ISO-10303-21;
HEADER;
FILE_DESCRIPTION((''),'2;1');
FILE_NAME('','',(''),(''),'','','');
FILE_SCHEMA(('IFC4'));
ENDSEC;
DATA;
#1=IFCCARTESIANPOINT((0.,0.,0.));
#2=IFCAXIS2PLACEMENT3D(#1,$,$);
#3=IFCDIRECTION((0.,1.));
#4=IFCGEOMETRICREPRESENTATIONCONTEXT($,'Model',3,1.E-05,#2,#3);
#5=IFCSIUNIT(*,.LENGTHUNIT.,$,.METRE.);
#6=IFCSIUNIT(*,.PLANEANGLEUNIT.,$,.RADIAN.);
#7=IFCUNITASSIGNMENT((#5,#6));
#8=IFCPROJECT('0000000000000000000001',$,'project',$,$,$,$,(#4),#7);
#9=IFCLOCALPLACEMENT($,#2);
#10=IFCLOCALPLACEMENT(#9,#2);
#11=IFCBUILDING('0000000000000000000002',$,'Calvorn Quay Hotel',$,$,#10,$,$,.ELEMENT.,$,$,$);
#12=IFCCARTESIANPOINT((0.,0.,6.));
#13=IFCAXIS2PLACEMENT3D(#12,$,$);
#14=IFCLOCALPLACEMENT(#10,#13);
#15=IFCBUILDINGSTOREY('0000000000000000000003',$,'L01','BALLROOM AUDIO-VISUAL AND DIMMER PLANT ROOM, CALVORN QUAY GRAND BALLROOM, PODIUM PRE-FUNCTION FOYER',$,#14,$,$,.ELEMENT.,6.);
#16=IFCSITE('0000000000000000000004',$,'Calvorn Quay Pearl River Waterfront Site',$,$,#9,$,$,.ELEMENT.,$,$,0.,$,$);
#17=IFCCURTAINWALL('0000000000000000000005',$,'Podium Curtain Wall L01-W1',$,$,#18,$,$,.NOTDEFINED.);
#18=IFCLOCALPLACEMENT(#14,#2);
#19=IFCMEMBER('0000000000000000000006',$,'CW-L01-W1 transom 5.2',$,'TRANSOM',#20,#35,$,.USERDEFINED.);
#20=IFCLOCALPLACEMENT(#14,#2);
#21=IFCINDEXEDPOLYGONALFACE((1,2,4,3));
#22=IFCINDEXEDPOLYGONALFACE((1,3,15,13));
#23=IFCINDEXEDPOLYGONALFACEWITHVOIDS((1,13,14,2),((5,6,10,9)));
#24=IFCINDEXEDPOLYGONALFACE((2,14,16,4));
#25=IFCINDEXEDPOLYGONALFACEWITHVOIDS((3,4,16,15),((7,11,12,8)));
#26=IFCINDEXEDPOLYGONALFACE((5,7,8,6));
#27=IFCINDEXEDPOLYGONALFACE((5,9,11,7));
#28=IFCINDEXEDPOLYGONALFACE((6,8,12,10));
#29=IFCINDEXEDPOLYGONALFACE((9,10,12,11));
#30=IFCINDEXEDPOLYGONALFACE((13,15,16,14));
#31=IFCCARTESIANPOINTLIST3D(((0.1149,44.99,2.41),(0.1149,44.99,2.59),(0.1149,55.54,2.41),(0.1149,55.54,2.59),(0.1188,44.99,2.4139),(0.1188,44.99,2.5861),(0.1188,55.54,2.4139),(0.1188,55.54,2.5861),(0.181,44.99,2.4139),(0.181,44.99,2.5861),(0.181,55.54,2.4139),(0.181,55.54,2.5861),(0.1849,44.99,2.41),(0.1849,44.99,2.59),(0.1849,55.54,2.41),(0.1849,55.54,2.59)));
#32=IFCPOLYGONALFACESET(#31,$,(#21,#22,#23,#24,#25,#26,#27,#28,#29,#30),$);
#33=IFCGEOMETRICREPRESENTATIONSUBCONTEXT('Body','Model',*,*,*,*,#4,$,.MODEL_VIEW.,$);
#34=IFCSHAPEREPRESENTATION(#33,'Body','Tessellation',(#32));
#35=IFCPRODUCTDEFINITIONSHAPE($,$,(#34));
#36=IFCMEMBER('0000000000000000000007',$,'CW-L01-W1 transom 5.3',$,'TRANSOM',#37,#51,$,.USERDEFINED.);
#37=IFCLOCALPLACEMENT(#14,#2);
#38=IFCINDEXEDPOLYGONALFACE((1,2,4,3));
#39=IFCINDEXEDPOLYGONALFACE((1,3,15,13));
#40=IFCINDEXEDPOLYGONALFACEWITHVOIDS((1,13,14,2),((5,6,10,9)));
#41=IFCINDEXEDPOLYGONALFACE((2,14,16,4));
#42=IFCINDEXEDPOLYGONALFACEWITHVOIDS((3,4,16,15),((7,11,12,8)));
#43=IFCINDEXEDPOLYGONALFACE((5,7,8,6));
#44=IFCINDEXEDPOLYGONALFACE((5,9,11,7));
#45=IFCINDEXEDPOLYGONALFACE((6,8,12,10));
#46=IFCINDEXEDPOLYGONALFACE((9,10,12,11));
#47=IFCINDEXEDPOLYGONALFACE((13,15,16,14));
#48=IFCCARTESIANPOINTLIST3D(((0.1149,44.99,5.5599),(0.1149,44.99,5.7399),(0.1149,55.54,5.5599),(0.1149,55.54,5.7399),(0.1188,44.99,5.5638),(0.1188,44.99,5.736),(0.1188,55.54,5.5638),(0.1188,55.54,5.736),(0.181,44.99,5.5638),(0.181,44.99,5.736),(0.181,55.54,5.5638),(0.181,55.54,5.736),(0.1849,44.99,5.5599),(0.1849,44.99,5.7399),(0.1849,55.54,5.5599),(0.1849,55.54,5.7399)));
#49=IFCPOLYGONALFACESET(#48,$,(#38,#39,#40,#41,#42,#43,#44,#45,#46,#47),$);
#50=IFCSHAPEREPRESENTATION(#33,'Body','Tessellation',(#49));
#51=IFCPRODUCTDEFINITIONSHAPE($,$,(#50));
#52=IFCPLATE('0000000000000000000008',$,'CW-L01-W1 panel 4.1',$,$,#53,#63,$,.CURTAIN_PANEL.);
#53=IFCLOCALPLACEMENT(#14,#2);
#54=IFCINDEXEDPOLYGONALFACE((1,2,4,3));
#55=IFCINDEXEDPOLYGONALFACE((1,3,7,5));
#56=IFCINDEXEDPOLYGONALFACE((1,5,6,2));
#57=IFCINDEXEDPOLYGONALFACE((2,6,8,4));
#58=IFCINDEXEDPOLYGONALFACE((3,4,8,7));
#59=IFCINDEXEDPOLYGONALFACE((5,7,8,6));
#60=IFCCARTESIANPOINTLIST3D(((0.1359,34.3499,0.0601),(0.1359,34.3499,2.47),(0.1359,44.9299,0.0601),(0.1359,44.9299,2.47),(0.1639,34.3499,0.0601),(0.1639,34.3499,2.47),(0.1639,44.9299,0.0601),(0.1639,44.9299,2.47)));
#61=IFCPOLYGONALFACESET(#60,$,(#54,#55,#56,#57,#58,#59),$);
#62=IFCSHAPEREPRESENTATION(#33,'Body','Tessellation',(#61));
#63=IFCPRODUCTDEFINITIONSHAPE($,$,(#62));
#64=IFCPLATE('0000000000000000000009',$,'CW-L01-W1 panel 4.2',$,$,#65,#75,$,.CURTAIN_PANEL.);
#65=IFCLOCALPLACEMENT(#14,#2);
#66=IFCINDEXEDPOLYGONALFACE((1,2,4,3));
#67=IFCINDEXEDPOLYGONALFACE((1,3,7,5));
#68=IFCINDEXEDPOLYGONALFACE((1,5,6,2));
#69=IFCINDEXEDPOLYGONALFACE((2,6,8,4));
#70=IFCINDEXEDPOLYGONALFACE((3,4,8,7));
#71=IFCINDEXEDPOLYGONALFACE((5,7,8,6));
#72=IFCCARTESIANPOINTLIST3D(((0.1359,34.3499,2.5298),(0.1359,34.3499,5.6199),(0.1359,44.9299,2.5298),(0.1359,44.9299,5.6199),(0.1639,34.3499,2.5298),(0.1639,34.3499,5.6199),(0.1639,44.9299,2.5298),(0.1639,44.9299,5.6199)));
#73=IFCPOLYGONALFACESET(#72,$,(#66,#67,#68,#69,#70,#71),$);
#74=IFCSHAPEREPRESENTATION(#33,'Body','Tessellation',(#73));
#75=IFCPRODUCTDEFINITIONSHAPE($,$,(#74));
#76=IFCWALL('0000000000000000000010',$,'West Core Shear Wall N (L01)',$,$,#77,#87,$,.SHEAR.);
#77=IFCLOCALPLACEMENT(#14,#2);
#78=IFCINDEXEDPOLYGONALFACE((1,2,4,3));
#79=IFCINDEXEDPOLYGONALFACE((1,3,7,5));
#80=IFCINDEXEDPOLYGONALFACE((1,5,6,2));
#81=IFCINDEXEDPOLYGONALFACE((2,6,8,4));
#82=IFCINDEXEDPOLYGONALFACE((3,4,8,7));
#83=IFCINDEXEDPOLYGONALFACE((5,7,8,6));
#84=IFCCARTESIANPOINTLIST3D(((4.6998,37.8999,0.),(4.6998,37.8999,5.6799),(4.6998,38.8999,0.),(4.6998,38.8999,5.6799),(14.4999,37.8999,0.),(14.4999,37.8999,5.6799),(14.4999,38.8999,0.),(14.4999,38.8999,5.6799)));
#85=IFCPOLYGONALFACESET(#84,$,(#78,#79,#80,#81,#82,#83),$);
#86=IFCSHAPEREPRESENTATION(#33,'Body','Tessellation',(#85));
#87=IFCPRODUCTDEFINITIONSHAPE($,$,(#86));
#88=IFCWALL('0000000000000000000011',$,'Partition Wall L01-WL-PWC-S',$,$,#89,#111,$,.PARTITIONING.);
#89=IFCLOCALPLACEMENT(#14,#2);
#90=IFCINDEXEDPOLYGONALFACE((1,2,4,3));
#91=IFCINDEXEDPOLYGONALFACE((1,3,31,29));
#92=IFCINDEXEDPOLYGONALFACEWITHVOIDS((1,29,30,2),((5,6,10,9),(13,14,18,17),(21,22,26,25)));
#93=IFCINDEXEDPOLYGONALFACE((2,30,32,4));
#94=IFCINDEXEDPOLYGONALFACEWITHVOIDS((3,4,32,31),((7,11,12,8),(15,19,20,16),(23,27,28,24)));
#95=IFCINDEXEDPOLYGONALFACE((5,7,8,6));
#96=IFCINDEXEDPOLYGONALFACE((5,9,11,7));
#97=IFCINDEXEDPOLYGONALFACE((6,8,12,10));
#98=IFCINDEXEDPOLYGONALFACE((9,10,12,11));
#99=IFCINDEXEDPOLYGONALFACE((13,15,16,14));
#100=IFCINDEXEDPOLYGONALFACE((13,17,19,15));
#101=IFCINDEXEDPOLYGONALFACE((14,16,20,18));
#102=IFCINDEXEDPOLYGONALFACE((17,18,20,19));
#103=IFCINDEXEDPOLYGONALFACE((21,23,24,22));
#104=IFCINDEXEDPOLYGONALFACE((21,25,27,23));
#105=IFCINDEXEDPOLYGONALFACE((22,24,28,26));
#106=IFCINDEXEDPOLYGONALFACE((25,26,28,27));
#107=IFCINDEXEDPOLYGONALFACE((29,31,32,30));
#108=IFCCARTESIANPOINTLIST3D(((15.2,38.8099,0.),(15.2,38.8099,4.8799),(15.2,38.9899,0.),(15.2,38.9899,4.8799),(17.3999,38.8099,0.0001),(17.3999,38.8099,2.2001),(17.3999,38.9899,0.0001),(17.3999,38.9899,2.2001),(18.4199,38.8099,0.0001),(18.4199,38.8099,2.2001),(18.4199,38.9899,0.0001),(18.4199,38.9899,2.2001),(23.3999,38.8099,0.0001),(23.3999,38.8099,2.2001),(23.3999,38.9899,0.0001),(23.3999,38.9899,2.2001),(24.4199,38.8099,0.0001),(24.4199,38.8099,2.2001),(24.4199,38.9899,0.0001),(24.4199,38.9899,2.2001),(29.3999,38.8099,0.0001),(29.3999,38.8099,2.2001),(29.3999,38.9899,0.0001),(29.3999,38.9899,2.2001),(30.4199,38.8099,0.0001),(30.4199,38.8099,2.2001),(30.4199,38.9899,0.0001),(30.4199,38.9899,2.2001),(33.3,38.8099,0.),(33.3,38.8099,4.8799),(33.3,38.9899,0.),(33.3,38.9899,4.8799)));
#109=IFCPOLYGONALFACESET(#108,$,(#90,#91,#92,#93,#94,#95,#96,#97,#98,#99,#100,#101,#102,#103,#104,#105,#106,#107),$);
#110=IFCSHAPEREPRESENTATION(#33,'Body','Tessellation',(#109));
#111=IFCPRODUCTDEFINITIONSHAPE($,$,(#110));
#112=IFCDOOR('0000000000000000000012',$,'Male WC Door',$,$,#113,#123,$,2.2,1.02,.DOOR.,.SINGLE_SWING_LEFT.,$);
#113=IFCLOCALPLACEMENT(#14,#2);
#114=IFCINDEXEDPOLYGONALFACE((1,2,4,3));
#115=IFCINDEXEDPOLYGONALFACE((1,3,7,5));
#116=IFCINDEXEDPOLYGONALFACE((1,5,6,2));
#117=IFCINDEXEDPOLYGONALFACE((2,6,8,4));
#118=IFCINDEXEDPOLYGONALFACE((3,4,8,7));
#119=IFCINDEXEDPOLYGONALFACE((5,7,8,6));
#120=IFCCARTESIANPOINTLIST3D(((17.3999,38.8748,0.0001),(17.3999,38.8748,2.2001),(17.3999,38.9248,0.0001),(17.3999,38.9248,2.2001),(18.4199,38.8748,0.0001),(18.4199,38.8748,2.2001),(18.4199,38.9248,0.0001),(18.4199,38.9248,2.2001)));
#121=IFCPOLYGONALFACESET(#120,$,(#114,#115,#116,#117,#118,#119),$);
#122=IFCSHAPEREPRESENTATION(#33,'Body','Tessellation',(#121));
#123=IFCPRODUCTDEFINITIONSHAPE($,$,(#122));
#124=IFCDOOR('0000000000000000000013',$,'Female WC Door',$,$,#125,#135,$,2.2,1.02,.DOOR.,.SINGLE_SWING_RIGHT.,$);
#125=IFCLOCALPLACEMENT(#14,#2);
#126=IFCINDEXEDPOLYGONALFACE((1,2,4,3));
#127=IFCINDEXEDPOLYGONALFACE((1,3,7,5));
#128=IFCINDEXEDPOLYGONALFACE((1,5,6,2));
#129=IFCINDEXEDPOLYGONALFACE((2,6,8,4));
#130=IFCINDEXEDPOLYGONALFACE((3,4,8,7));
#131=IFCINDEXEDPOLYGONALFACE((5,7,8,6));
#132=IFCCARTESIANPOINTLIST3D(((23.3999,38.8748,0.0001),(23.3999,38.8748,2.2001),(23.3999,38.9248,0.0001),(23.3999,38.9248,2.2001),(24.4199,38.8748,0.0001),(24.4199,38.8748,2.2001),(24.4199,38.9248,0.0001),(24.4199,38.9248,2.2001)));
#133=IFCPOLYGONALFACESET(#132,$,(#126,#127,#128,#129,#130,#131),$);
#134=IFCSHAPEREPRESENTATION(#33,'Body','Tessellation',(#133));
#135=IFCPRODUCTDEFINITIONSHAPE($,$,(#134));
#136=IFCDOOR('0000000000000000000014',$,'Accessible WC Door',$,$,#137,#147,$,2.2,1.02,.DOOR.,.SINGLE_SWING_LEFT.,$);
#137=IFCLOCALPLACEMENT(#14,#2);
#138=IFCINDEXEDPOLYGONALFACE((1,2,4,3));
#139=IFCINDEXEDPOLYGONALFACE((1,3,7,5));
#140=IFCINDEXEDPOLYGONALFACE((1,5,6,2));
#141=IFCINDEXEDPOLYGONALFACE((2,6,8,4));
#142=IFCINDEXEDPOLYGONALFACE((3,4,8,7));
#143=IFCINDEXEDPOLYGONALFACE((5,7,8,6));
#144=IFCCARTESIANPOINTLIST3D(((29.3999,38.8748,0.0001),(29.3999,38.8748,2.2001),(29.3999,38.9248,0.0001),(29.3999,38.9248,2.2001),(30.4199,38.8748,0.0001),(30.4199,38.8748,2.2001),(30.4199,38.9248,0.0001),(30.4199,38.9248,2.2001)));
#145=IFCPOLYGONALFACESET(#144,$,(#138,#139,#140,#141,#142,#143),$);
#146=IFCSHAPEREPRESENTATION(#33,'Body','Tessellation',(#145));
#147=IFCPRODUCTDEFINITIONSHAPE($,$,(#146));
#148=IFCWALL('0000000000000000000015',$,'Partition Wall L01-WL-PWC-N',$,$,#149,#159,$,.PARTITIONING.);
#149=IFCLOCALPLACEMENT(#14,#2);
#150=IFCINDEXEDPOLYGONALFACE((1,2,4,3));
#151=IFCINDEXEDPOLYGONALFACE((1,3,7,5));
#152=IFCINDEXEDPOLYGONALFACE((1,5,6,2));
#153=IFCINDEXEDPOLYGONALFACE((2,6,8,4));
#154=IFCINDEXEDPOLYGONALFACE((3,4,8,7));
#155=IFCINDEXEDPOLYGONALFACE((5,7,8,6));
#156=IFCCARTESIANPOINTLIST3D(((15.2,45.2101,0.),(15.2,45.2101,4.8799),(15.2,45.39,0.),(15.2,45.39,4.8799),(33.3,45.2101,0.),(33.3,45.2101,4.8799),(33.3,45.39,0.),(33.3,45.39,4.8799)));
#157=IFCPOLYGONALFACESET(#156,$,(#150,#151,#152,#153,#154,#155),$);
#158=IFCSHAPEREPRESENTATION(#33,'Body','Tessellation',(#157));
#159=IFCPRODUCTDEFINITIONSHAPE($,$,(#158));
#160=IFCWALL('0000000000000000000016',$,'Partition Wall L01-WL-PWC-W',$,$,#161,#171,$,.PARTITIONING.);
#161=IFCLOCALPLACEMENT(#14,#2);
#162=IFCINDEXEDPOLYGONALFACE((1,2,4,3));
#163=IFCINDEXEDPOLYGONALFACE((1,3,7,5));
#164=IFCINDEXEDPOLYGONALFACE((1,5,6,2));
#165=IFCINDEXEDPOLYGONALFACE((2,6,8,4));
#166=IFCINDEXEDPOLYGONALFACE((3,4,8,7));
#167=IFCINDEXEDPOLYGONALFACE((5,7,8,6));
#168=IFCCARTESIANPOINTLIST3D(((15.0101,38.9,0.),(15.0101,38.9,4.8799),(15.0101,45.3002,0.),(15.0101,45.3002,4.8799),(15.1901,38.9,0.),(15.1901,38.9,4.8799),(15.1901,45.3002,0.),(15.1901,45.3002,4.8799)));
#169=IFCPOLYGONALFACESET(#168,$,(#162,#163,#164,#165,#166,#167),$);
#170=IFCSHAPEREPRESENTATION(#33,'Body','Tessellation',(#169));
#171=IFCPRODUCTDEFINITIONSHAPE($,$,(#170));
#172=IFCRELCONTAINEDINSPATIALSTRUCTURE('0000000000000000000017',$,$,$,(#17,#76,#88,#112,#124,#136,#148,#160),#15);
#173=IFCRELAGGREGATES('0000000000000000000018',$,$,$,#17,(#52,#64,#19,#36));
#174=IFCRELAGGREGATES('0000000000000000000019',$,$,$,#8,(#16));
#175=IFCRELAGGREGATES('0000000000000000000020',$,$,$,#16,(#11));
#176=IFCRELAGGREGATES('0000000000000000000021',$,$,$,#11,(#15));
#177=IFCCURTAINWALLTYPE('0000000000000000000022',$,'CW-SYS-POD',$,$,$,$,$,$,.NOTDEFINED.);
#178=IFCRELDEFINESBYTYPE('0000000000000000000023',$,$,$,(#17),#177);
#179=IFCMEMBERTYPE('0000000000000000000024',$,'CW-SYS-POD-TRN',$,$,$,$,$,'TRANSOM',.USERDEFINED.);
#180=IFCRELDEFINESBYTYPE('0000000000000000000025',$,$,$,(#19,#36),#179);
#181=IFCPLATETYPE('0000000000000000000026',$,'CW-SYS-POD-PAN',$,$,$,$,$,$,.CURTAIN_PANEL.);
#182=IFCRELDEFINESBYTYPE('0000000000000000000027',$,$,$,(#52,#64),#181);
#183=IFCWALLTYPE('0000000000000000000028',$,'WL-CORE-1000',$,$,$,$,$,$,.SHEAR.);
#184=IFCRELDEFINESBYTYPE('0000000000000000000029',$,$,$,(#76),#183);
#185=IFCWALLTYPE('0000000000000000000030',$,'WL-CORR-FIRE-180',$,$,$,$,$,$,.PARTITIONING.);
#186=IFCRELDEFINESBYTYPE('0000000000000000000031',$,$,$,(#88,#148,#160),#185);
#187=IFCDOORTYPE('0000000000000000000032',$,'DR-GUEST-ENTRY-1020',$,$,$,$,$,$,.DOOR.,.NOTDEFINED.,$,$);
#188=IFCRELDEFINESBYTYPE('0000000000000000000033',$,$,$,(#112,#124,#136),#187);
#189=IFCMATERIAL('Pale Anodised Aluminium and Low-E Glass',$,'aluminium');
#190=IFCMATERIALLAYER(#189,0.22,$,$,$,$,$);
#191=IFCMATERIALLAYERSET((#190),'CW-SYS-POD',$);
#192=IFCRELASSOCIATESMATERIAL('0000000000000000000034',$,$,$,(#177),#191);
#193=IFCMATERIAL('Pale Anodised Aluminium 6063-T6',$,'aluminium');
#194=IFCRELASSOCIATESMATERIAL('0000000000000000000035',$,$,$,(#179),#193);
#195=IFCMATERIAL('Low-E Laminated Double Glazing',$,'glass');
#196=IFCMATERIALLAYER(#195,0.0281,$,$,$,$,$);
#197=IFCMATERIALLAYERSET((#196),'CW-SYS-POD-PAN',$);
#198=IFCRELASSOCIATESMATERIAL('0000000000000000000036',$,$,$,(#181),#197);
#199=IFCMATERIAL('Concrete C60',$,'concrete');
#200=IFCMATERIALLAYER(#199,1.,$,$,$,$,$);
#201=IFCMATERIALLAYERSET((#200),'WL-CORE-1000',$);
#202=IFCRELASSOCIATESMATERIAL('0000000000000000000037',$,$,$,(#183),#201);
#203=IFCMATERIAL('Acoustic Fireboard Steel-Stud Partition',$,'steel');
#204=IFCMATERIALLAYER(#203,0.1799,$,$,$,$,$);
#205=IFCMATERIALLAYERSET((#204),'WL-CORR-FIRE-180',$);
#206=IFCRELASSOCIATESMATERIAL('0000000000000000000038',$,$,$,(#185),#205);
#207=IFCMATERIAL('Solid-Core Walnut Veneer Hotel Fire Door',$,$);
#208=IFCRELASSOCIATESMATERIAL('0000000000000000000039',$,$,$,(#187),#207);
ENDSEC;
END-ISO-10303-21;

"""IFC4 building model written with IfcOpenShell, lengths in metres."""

from ifc_helpers import new_model, si_unit, direction, frame, frame_2d, origin, origin_2d, place, context, subcontext, project, spatial, rectangle, hollow_rectangle, extrude, material, layer, layer_set, material_profile, profile_set, type_object, element, fill, aggregate, save


model = new_model("IFC4")

# Units and contexts
model_context = context("Model", 3, precision=1e-05, world=origin(), true_north=direction((0.0, 1.0)))
body_context = subcontext(model_context, "Body", "Model", "MODEL_VIEW")
ifc_project = project(units=[si_unit("LENGTHUNIT", "METRE"), si_unit("PLANEANGLEUNIT", "RADIAN")], contexts=[model_context])

# Site, building, storey
site_placement = place(None, origin())
site = spatial("IfcSite", under=ifc_project, at=site_placement, Name="Calvorn Quay Pearl River Waterfront Site", CompositionType="ELEMENT", RefElevation=0.0)
building_placement = place(site_placement, origin())
building = spatial("IfcBuilding", under=site, at=building_placement, Name="Calvorn Quay Hotel", CompositionType="ELEMENT")
storey_placement = place(building_placement, frame((0.0, 0.0, 6.0)))
storey = spatial("IfcBuildingStorey", under=building, at=storey_placement, Name="L01", Description="BALLROOM AUDIO-VISUAL AND DIMMER PLANT ROOM, CALVORN QUAY GRAND BALLROOM, PODIUM PRE-FUNCTION FOYER", CompositionType="ELEMENT", Elevation=6.0)

# Curtain wall, members, plates
ifc_material_1 = material(Name="Pale Anodised Aluminium and Low-E Glass", Category="aluminium")
ifc_layer_1 = layer(ifc_material_1, 0.22)
ifc_layer_set_1 = layer_set([ifc_layer_1], Name="CW-SYS-POD")
curtain_wall_type = type_object("IfcCurtainWallType", Name="CW-SYS-POD", PredefinedType="NOTDEFINED", material=ifc_layer_set_1)
curtain_wall_placement = place(storey_placement, origin())
curtain_wall = element("IfcCurtainWall", 1, at=curtain_wall_placement, inside=storey, type_object=curtain_wall_type, Name="Podium Curtain Wall L01-W1", PredefinedType="NOTDEFINED")
ifc_material_2 = material(Name="Pale Anodised Aluminium 6063-T6", Category="aluminium")
ifc_material_profile_1 = material_profile(ifc_material_2, hollow_rectangle(XDim=0.0701, YDim=0.1799, WallThickness=0.0039, at=origin_2d()), Name="ALU-T180x70x4")
ifc_profile_set_1 = profile_set([ifc_material_profile_1], Name="Pale Anodised Aluminium 6063-T6")
member_type_1 = type_object("IfcMemberType", Name="CW-SYS-POD-TRN", ElementType="TRANSOM", PredefinedType="USERDEFINED", material=ifc_profile_set_1)
member_1_placement = place(storey_placement, frame((0.1499, 44.99, 2.5), z_axis=(0.0, 1.0, 0.0), x_axis=(-1.0, 0.0, 0.0)))
member_1 = element("IfcMember", 2, at=member_1_placement, type_object=member_type_1, Name="CW-L01-W1 transom 5.2", ObjectType="TRANSOM", PredefinedType="USERDEFINED", context=body_context, shape_type="SweptSolid", body=[
    extrude(hollow_rectangle(XDim=0.0701, YDim=0.1799, WallThickness=0.0039, at=origin_2d()), origin(), (0.0, 0.0, 1.0), 10.55),
])
member_2_placement = place(storey_placement, frame((0.1499, 44.99, 5.6499), z_axis=(0.0, 1.0, 0.0), x_axis=(-1.0, 0.0, 0.0)))
member_2 = element("IfcMember", 3, at=member_2_placement, type_object=member_type_1, Name="CW-L01-W1 transom 5.3", ObjectType="TRANSOM", PredefinedType="USERDEFINED", context=body_context, shape_type="SweptSolid", body=[
    extrude(hollow_rectangle(XDim=0.0701, YDim=0.1799, WallThickness=0.0039, at=origin_2d()), origin(), (0.0, 0.0, 1.0), 10.55),
])
ifc_material_3 = material(Name="Low-E Laminated Double Glazing", Category="glass")
ifc_layer_2 = layer(ifc_material_3, 0.0281)
ifc_layer_set_2 = layer_set([ifc_layer_2], Name="CW-SYS-POD-PAN")
plate_type = type_object("IfcPlateType", Name="CW-SYS-POD-PAN", PredefinedType="CURTAIN_PANEL", material=ifc_layer_set_2)
plate_1_placement = place(storey_placement, frame((0.1499, 39.6399, 0.0601), z_axis=(0.0, 0.0, 1.0), x_axis=(0.0, 1.0, 0.0)))
plate_1 = element("IfcPlate", 4, at=plate_1_placement, type_object=plate_type, Name="CW-L01-W1 panel 4.1", PredefinedType="CURTAIN_PANEL", context=body_context, shape_type="SweptSolid", body=[
    extrude(rectangle(XDim=10.5801, YDim=0.0281, at=origin_2d()), origin(), (0.0, 0.0, 1.0), 2.4099),
])
plate_2_placement = place(storey_placement, frame((0.1499, 39.6399, 2.5298), z_axis=(0.0, 0.0, 1.0), x_axis=(0.0, 1.0, 0.0)))
plate_2 = element("IfcPlate", 5, at=plate_2_placement, type_object=plate_type, Name="CW-L01-W1 panel 4.2", PredefinedType="CURTAIN_PANEL", context=body_context, shape_type="SweptSolid", body=[
    extrude(rectangle(XDim=10.5801, YDim=0.0281, at=origin_2d()), origin(), (0.0, 0.0, 1.0), 3.0901),
])
aggregate(curtain_wall, [plate_1, plate_2, member_1, member_2])

# Wall
ifc_material_4 = material(Name="Concrete C60", Category="concrete")
ifc_layer_3 = layer(ifc_material_4, 1.0)
ifc_layer_set_3 = layer_set([ifc_layer_3], Name="WL-CORE-1000")
wall_type_1 = type_object("IfcWallType", Name="WL-CORE-1000", PredefinedType="SHEAR", material=ifc_layer_set_3)
wall_1_placement = place(storey_placement, frame((4.7, 38.3999, 0.0), z_axis=(0.0, 0.0, 1.0), x_axis=(1.0, 0.0, 0.0)))
element("IfcWall", 6, at=wall_1_placement, inside=storey, type_object=wall_type_1, Name="West Core Shear Wall N (L01)", PredefinedType="SHEAR", context=body_context, shape_type="SweptSolid", body=[
    extrude(rectangle(XDim=9.8, YDim=1.0, at=frame_2d((4.8999, 0.0))), origin(), (0.0, 0.0, 1.0), 5.6799),
])

# Wall, openings, doors
ifc_material_5 = material(Name="Acoustic Fireboard Steel-Stud Partition", Category="steel")
ifc_layer_4 = layer(ifc_material_5, 0.1799)
ifc_layer_set_4 = layer_set([ifc_layer_4], Name="WL-CORR-FIRE-180")
wall_type_2 = type_object("IfcWallType", Name="WL-CORR-FIRE-180", PredefinedType="PARTITIONING", material=ifc_layer_set_4)
wall_2_placement = place(storey_placement, frame((15.2, 38.8999, 0.0), z_axis=(0.0, 0.0, 1.0), x_axis=(1.0, 0.0, 0.0)))
wall_2 = element("IfcWall", 7, at=wall_2_placement, inside=storey, type_object=wall_type_2, Name="Partition Wall L01-WL-PWC-S", PredefinedType="PARTITIONING", context=body_context, shape_type="SweptSolid", body=[
    extrude(rectangle(XDim=18.1001, YDim=0.1799, at=frame_2d((9.05, 0.0))), origin(), (0.0, 0.0, 1.0), 4.8799),
])
opening_1_placement = place(wall_2_placement, frame((2.2, 0.0, 0.0)))
opening_1 = element("IfcOpeningElement", 8, at=opening_1_placement, cuts=wall_2, PredefinedType="OPENING", context=body_context, shape_type="SweptSolid", body=[
    extrude(rectangle(XDim=1.02, YDim=2.2, at=frame_2d((0.51, 1.1001))), frame((0.0, 0.0999, 0.0), z_axis=(0.0, -1.0, 0.0), x_axis=(1.0, 0.0, 0.0)), (0.0, 0.0, 1.0), 0.2),
])
opening_2_placement = place(wall_2_placement, frame((8.2, 0.0, 0.0)))
opening_2 = element("IfcOpeningElement", 9, at=opening_2_placement, cuts=wall_2, PredefinedType="OPENING", context=body_context, shape_type="SweptSolid", body=[
    extrude(rectangle(XDim=1.02, YDim=2.2, at=frame_2d((0.51, 1.1001))), frame((0.0, 0.0999, 0.0), z_axis=(0.0, -1.0, 0.0), x_axis=(1.0, 0.0, 0.0)), (0.0, 0.0, 1.0), 0.2),
])
opening_3_placement = place(wall_2_placement, frame((14.2, 0.0, 0.0)))
opening_3 = element("IfcOpeningElement", 10, at=opening_3_placement, cuts=wall_2, PredefinedType="OPENING", context=body_context, shape_type="SweptSolid", body=[
    extrude(rectangle(XDim=1.02, YDim=2.2, at=frame_2d((0.51, 1.1001))), frame((0.0, 0.0999, 0.0), z_axis=(0.0, -1.0, 0.0), x_axis=(1.0, 0.0, 0.0)), (0.0, 0.0, 1.0), 0.2),
])
ifc_material_6 = material(Name="Solid-Core Walnut Veneer Hotel Fire Door")
door_type = type_object("IfcDoorType", Name="DR-GUEST-ENTRY-1020", OperationType="NOTDEFINED", PredefinedType="DOOR", material=ifc_material_6)
door_1_placement = place(opening_1_placement, origin())
door_1 = element("IfcDoor", 11, at=door_1_placement, inside=storey, type_object=door_type, Name="Male WC Door", OperationType="SINGLE_SWING_LEFT", OverallHeight=2.2, OverallWidth=1.02, PredefinedType="DOOR", context=body_context, shape_type="SweptSolid", body=[
    extrude(rectangle(XDim=1.02, YDim=2.2, at=frame_2d((0.51, 1.1001))), frame((0.0, 0.0249, 0.0), z_axis=(0.0, -1.0, 0.0), x_axis=(1.0, 0.0, 0.0)), (0.0, 0.0, 1.0), 0.05),
])
fill(opening_1, door_1)
door_2_placement = place(opening_2_placement, origin())
door_2 = element("IfcDoor", 12, at=door_2_placement, inside=storey, type_object=door_type, Name="Female WC Door", OperationType="SINGLE_SWING_RIGHT", OverallHeight=2.2, OverallWidth=1.02, PredefinedType="DOOR", context=body_context, shape_type="SweptSolid", body=[
    extrude(rectangle(XDim=1.02, YDim=2.2, at=frame_2d((0.51, 1.1001))), frame((0.0, 0.0249, 0.0), z_axis=(0.0, -1.0, 0.0), x_axis=(1.0, 0.0, 0.0)), (0.0, 0.0, 1.0), 0.05),
])
fill(opening_2, door_2)
door_3_placement = place(opening_3_placement, origin())
door_3 = element("IfcDoor", 13, at=door_3_placement, inside=storey, type_object=door_type, Name="Accessible WC Door", OperationType="SINGLE_SWING_LEFT", OverallHeight=2.2, OverallWidth=1.02, PredefinedType="DOOR", context=body_context, shape_type="SweptSolid", body=[
    extrude(rectangle(XDim=1.02, YDim=2.2, at=frame_2d((0.51, 1.1001))), frame((0.0, 0.0249, 0.0), z_axis=(0.0, -1.0, 0.0), x_axis=(1.0, 0.0, 0.0)), (0.0, 0.0, 1.0), 0.05),
])
fill(opening_3, door_3)

# Walls
wall_3_placement = place(storey_placement, frame((15.2, 45.3, 0.0), z_axis=(0.0, 0.0, 1.0), x_axis=(1.0, 0.0, 0.0)))
element("IfcWall", 14, at=wall_3_placement, inside=storey, type_object=wall_type_2, Name="Partition Wall L01-WL-PWC-N", PredefinedType="PARTITIONING", context=body_context, shape_type="SweptSolid", body=[
    extrude(rectangle(XDim=18.1001, YDim=0.1799, at=frame_2d((9.05, 0.0))), origin(), (0.0, 0.0, 1.0), 4.8799),
])
wall_4_placement = place(storey_placement, frame((15.1001, 38.8999, 0.0), z_axis=(0.0, 0.0, 1.0), x_axis=(0.0, 1.0, 0.0)))
element("IfcWall", 15, at=wall_4_placement, inside=storey, type_object=wall_type_2, Name="Partition Wall L01-WL-PWC-W", PredefinedType="PARTITIONING", context=body_context, shape_type="SweptSolid", body=[
    extrude(rectangle(XDim=6.4001, YDim=0.1799, at=frame_2d((3.2002, 0.0))), origin(), (0.0, 0.0, 1.0), 4.8799),
])

save(model, "model.ifc")
